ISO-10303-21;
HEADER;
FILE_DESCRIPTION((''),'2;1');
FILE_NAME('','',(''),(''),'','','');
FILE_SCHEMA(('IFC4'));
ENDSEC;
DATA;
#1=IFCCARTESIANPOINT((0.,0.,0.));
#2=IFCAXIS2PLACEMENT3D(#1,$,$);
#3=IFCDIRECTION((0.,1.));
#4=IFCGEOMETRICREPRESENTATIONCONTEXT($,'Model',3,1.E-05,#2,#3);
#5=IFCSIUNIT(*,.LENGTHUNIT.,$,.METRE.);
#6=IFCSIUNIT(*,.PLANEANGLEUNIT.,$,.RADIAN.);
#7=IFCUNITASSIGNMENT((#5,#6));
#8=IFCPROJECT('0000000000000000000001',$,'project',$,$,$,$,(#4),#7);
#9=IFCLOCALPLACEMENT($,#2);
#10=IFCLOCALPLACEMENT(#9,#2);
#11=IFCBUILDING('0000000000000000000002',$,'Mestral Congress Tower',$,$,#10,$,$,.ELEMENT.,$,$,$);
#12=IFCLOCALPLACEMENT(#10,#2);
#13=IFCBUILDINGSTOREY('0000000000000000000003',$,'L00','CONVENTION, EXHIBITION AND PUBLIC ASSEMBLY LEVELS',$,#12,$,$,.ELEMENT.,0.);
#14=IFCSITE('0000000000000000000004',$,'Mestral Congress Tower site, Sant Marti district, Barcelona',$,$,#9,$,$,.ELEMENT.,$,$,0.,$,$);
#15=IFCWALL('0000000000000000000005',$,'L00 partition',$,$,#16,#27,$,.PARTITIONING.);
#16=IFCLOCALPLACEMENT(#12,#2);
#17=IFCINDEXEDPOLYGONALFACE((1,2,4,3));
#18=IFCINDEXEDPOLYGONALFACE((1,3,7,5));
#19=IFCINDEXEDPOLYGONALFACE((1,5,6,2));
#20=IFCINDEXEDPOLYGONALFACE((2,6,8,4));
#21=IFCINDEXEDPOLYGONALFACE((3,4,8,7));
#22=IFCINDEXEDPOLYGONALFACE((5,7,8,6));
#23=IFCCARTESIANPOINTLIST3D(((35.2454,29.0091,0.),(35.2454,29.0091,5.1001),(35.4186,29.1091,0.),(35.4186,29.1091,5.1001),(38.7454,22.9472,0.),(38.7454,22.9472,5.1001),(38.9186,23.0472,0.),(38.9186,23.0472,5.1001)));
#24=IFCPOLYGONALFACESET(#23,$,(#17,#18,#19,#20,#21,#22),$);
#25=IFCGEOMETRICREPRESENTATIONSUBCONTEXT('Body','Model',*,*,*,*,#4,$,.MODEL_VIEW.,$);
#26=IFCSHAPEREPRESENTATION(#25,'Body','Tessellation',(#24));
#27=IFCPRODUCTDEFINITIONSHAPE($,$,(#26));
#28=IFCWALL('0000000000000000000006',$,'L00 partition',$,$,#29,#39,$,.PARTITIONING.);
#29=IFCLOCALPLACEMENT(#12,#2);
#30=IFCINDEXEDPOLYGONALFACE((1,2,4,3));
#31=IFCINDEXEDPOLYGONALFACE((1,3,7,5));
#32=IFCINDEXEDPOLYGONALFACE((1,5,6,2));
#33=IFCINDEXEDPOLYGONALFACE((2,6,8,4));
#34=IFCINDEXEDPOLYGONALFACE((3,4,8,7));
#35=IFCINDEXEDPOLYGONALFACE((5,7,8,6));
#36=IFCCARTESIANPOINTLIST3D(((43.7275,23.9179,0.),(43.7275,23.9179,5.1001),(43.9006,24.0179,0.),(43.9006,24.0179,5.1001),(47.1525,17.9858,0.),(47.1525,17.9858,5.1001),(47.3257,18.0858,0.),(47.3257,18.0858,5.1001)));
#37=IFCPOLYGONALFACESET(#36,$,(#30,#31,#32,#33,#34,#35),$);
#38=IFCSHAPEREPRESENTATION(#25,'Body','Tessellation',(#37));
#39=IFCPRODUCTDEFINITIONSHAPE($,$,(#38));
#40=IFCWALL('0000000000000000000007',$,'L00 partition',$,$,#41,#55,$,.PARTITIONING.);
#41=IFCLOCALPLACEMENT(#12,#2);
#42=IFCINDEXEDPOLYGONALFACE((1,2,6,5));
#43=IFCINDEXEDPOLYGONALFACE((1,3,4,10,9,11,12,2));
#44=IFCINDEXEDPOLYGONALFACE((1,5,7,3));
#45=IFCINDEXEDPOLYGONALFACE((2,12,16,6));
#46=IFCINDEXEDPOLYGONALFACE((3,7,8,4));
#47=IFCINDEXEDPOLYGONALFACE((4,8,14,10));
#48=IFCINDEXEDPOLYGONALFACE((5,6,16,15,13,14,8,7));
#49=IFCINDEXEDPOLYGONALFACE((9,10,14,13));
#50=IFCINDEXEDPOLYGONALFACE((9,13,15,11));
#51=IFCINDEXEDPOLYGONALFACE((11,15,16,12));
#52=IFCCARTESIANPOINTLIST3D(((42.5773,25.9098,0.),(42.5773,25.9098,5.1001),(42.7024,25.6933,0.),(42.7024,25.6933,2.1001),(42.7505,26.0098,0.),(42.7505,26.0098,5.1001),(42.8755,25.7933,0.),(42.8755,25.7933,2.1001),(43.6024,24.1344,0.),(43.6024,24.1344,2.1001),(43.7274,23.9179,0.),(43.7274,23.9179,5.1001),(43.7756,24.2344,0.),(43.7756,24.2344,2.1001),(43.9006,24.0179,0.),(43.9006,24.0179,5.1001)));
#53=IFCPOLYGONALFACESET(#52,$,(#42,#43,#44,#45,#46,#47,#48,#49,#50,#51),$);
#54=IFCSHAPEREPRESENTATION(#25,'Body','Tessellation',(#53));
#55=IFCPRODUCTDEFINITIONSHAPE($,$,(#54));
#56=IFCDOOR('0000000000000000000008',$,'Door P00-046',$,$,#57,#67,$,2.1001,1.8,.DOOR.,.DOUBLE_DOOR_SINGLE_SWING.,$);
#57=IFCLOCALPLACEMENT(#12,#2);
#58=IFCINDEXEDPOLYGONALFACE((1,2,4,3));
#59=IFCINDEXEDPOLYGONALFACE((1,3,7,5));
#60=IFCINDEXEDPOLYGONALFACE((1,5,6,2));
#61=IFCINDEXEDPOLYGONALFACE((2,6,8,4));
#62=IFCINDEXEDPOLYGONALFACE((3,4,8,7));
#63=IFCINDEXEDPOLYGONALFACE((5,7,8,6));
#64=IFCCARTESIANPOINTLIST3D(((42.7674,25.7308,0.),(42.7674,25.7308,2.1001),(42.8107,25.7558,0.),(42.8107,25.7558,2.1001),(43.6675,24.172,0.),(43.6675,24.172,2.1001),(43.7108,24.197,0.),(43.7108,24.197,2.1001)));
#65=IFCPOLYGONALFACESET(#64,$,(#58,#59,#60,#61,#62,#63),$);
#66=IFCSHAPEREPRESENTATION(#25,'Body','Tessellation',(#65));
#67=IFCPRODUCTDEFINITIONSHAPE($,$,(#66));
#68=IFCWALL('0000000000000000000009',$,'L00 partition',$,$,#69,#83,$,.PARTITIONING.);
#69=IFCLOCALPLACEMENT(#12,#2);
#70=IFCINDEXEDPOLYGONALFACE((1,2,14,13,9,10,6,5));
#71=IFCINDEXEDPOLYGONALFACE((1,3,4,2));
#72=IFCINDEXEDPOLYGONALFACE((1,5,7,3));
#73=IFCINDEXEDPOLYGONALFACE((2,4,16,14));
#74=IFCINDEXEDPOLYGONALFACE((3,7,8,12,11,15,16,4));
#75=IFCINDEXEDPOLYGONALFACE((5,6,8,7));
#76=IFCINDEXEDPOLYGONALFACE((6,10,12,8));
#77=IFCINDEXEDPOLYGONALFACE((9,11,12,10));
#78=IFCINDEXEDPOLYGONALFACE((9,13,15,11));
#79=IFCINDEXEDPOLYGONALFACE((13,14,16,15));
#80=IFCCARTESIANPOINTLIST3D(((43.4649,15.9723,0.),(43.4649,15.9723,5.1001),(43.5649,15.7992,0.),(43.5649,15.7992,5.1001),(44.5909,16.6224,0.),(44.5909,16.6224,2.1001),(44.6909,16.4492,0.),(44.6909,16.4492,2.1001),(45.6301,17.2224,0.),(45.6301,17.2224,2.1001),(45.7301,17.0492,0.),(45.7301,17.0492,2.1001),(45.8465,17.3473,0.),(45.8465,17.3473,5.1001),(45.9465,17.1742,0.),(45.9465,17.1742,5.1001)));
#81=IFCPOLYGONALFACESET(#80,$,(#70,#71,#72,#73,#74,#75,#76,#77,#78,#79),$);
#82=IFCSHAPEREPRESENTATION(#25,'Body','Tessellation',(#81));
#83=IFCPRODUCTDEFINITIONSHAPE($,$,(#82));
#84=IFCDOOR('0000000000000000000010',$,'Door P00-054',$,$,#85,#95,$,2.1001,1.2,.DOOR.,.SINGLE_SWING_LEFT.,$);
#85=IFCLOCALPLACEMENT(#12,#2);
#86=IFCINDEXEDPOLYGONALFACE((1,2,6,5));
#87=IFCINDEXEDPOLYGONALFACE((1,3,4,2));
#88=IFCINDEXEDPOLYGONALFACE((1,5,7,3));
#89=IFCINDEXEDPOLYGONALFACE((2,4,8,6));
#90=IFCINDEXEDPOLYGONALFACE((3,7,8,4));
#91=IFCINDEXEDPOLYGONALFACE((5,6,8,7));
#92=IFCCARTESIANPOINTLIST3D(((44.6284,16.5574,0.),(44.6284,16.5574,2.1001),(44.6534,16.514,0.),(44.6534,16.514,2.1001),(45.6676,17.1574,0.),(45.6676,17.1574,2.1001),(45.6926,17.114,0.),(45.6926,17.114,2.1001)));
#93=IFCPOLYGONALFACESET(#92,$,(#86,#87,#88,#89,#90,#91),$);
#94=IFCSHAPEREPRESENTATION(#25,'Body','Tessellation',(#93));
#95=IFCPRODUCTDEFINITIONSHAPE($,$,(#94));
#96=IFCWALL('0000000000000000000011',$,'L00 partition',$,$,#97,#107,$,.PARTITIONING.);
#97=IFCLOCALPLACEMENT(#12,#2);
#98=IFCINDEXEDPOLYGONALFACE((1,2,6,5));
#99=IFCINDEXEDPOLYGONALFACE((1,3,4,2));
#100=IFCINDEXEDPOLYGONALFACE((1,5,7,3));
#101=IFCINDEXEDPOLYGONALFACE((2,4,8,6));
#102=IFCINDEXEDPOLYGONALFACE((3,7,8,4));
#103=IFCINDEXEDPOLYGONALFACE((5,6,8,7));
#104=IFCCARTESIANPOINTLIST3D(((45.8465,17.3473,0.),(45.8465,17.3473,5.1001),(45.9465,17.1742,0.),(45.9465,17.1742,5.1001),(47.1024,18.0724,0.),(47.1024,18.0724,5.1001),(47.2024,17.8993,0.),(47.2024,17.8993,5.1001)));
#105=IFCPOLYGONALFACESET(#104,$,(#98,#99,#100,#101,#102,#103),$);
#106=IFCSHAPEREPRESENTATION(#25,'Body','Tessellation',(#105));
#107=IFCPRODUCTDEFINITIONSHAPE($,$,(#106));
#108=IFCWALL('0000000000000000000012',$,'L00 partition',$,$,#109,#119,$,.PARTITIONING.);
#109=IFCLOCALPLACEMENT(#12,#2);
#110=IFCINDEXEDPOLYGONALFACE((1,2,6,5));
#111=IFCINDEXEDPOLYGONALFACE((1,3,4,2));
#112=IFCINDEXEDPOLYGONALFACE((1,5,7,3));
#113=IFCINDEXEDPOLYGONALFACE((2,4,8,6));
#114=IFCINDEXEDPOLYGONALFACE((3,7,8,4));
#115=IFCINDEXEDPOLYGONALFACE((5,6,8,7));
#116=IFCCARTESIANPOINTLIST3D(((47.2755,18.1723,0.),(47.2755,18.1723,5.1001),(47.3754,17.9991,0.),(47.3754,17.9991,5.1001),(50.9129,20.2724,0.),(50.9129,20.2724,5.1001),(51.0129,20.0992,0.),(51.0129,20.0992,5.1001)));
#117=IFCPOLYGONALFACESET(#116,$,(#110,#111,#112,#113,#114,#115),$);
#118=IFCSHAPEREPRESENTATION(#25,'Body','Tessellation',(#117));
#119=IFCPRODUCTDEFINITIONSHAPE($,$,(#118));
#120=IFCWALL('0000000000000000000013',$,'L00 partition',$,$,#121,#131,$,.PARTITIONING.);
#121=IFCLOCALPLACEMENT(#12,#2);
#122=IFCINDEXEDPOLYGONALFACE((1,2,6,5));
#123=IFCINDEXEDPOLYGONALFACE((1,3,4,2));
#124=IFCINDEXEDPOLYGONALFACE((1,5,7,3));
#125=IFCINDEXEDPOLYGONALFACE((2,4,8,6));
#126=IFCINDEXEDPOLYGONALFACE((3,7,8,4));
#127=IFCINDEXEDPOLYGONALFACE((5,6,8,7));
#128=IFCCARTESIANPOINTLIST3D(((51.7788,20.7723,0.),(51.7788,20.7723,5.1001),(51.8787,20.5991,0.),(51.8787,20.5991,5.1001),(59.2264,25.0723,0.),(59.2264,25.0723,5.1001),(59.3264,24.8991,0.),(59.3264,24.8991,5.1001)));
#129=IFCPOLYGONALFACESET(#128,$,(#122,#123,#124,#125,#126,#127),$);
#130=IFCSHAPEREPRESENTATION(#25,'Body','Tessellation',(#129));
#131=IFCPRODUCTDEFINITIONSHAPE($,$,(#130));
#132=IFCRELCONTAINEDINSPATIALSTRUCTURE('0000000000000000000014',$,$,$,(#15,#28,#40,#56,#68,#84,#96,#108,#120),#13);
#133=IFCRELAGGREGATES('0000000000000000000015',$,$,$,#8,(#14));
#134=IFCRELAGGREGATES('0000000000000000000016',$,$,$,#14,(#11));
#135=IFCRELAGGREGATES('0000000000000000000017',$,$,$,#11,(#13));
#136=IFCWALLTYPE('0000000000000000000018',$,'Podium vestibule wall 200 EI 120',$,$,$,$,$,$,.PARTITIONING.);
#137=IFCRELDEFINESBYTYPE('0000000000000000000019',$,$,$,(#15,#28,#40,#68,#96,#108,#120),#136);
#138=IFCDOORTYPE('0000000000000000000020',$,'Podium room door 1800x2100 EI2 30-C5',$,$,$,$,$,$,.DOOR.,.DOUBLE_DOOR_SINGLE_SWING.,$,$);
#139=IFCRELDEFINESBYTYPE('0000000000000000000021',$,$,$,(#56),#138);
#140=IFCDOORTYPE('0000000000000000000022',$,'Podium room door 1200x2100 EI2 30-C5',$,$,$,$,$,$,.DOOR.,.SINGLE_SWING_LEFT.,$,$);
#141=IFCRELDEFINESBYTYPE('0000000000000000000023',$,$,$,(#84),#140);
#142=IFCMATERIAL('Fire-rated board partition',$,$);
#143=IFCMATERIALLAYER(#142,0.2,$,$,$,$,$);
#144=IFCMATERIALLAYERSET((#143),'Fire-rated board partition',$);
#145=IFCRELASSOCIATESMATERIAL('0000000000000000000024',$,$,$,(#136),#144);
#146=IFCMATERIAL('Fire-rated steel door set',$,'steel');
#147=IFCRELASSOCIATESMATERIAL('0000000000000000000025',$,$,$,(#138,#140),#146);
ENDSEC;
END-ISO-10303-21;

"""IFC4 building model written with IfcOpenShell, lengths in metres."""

from ifc_helpers import new_model, si_unit, direction, frame, frame_2d, origin, place, context, subcontext, project, spatial, rectangle, extrude, material, layer, layer_set, type_object, element, fill, save


model = new_model("IFC4")

# Units and contexts
model_context = context("Model", 3, precision=1e-05, world=origin(), true_north=direction((0.0, 1.0)))
body_context = subcontext(model_context, "Body", "Model", "MODEL_VIEW")
ifc_project = project(units=[si_unit("LENGTHUNIT", "METRE"), si_unit("PLANEANGLEUNIT", "RADIAN")], contexts=[model_context])

# Site, building, storey
site_placement = place(None, origin())
site = spatial("IfcSite", under=ifc_project, at=site_placement, Name="Mestral Congress Tower site, Sant Marti district, Barcelona", CompositionType="ELEMENT", RefElevation=0.0)
building_placement = place(site_placement, origin())
building = spatial("IfcBuilding", under=site, at=building_placement, Name="Mestral Congress Tower", CompositionType="ELEMENT")
storey_placement = place(building_placement, origin())
storey = spatial("IfcBuildingStorey", under=building, at=storey_placement, Name="L00", Description="CONVENTION, EXHIBITION AND PUBLIC ASSEMBLY LEVELS", CompositionType="ELEMENT", Elevation=0.0)

# Walls
ifc_material_1 = material(Name="Fire-rated board partition")
ifc_layer = layer(ifc_material_1, 0.2)
ifc_layer_set = layer_set([ifc_layer], Name="Fire-rated board partition")
wall_type = type_object("IfcWallType", Name="Podium vestibule wall 200 EI 120", PredefinedType="PARTITIONING", material=ifc_layer_set)
wall_1_placement = place(storey_placement, frame((38.832, 22.9971, 0.0), z_axis=(0.0, 0.0, 1.0), x_axis=(-0.50001, 0.866019, 0.0)))
element("IfcWall", 1, at=wall_1_placement, inside=storey, type_object=wall_type, Name="L00 partition", PredefinedType="PARTITIONING", context=body_context, shape_type="SweptSolid", body=[
    extrude(rectangle(XDim=6.9998, YDim=0.2, at=frame_2d((3.5, 0.0))), origin(), (0.0, 0.0, 1.0), 5.1001),
])
wall_2_placement = place(storey_placement, frame((47.239, 18.0359, 0.0), z_axis=(0.0, 0.0, 1.0), x_axis=(-0.500015, 0.866017, 0.0)))
element("IfcWall", 2, at=wall_2_placement, inside=storey, type_object=wall_type, Name="L00 partition", PredefinedType="PARTITIONING", context=body_context, shape_type="SweptSolid", body=[
    extrude(rectangle(XDim=6.8499, YDim=0.2, at=frame_2d((3.4248, 0.0))), origin(), (0.0, 0.0, 1.0), 5.1001),
])

# Walls, openings, doors
wall_3_placement = place(storey_placement, frame((43.814, 23.968, 0.0), z_axis=(0.0, 0.0, 1.0), x_axis=(-0.500032, 0.866007, 0.0)))
wall_3 = element("IfcWall", 3, at=wall_3_placement, inside=storey, type_object=wall_type, Name="L00 partition", PredefinedType="PARTITIONING", context=body_context, shape_type="SweptSolid", body=[
    extrude(rectangle(XDim=2.3, YDim=0.2, at=frame_2d((1.1499, 0.0))), origin(), (0.0, 0.0, 1.0), 5.1001),
])
opening_1_placement = place(wall_3_placement, frame((0.25, 0.0, 0.0)))
opening_1 = element("IfcOpeningElement", 4, at=opening_1_placement, cuts=wall_3, PredefinedType="OPENING", context=body_context, shape_type="SweptSolid", body=[
    extrude(rectangle(XDim=1.8, YDim=2.1001, at=frame_2d((0.8999, 1.05))), frame((0.0, 0.1099, 0.0), z_axis=(0.0, -1.0, 0.0), x_axis=(1.0, 0.0, 0.0)), (0.0, 0.0, 1.0), 0.22),
])
ifc_material_2 = material(Name="Fire-rated steel door set", Category="steel")
door_type_1 = type_object("IfcDoorType", Name="Podium room door 1800x2100 EI2 30-C5", OperationType="DOUBLE_DOOR_SINGLE_SWING", PredefinedType="DOOR", material=ifc_material_2)
door_1_placement = place(opening_1_placement, origin())
door_1 = element("IfcDoor", 5, at=door_1_placement, inside=storey, type_object=door_type_1, Name="Door P00-046", OperationType="DOUBLE_DOOR_SINGLE_SWING", OverallHeight=2.1001, OverallWidth=1.8, PredefinedType="DOOR", context=body_context, shape_type="SweptSolid", body=[
    extrude(rectangle(XDim=1.8, YDim=2.1001, at=frame_2d((0.8999, 1.05))), frame((0.0, 0.0249, 0.0), z_axis=(0.0, -1.0, 0.0), x_axis=(1.0, 0.0, 0.0)), (0.0, 0.0, 1.0), 0.05),
])
fill(opening_1, door_1)
wall_4_placement = place(storey_placement, frame((43.5149, 15.8857, 0.0), z_axis=(0.0, 0.0, 1.0), x_axis=(0.866027, 0.499997, 0.0)))
wall_4 = element("IfcWall", 6, at=wall_4_placement, inside=storey, type_object=wall_type, Name="L00 partition", PredefinedType="PARTITIONING", context=body_context, shape_type="SweptSolid", body=[
    extrude(rectangle(XDim=2.75, YDim=0.2, at=frame_2d((1.375, 0.0))), origin(), (0.0, 0.0, 1.0), 5.1001),
])
opening_2_placement = place(wall_4_placement, frame((1.3, 0.0, 0.0)))
opening_2 = element("IfcOpeningElement", 7, at=opening_2_placement, cuts=wall_4, PredefinedType="OPENING", context=body_context, shape_type="SweptSolid", body=[
    extrude(rectangle(XDim=1.2, YDim=2.1001, at=frame_2d((0.6001, 1.05))), frame((0.0, 0.1099, 0.0), z_axis=(0.0, -1.0, 0.0), x_axis=(1.0, 0.0, 0.0)), (0.0, 0.0, 1.0), 0.22),
])
door_type_2 = type_object("IfcDoorType", Name="Podium room door 1200x2100 EI2 30-C5", OperationType="SINGLE_SWING_LEFT", PredefinedType="DOOR", material=ifc_material_2)
door_2_placement = place(opening_2_placement, origin())
door_2 = element("IfcDoor", 8, at=door_2_placement, inside=storey, type_object=door_type_2, Name="Door P00-054", OperationType="SINGLE_SWING_LEFT", OverallHeight=2.1001, OverallWidth=1.2, PredefinedType="DOOR", context=body_context, shape_type="SweptSolid", body=[
    extrude(rectangle(XDim=1.2, YDim=2.1001, at=frame_2d((0.6001, 1.05))), frame((0.0, 0.0249, 0.0), z_axis=(0.0, -1.0, 0.0), x_axis=(1.0, 0.0, 0.0)), (0.0, 0.0, 1.0), 0.05),
])
fill(opening_2, door_2)

# Walls
wall_5_placement = place(storey_placement, frame((45.8965, 17.2607, 0.0), z_axis=(0.0, 0.0, 1.0), x_axis=(0.866017, 0.500014, 0.0)))
element("IfcWall", 9, at=wall_5_placement, inside=storey, type_object=wall_type, Name="L00 partition", PredefinedType="PARTITIONING", context=body_context, shape_type="SweptSolid", body=[
    extrude(rectangle(XDim=1.4502, YDim=0.2, at=frame_2d((0.7251, 0.0))), origin(), (0.0, 0.0, 1.0), 5.1001),
])
wall_6_placement = place(storey_placement, frame((47.3254, 18.0857, 0.0), z_axis=(0.0, 0.0, 1.0), x_axis=(0.866024, 0.500003, 0.0)))
element("IfcWall", 10, at=wall_6_placement, inside=storey, type_object=wall_type, Name="L00 partition", PredefinedType="PARTITIONING", context=body_context, shape_type="SweptSolid", body=[
    extrude(rectangle(XDim=4.2002, YDim=0.2, at=frame_2d((2.1001, 0.0))), origin(), (0.0, 0.0, 1.0), 5.1001),
])
wall_7_placement = place(storey_placement, frame((51.8289, 20.6858, 0.0), z_axis=(0.0, 0.0, 1.0), x_axis=(0.866021, 0.500008, 0.0)))
element("IfcWall", 11, at=wall_7_placement, inside=storey, type_object=wall_type, Name="L00 partition", PredefinedType="PARTITIONING", context=body_context, shape_type="SweptSolid", body=[
    extrude(rectangle(XDim=8.5999, YDim=0.2, at=frame_2d((4.2998, 0.0))), origin(), (0.0, 0.0, 1.0), 5.1001),
])

save(model, "model.ifc")
